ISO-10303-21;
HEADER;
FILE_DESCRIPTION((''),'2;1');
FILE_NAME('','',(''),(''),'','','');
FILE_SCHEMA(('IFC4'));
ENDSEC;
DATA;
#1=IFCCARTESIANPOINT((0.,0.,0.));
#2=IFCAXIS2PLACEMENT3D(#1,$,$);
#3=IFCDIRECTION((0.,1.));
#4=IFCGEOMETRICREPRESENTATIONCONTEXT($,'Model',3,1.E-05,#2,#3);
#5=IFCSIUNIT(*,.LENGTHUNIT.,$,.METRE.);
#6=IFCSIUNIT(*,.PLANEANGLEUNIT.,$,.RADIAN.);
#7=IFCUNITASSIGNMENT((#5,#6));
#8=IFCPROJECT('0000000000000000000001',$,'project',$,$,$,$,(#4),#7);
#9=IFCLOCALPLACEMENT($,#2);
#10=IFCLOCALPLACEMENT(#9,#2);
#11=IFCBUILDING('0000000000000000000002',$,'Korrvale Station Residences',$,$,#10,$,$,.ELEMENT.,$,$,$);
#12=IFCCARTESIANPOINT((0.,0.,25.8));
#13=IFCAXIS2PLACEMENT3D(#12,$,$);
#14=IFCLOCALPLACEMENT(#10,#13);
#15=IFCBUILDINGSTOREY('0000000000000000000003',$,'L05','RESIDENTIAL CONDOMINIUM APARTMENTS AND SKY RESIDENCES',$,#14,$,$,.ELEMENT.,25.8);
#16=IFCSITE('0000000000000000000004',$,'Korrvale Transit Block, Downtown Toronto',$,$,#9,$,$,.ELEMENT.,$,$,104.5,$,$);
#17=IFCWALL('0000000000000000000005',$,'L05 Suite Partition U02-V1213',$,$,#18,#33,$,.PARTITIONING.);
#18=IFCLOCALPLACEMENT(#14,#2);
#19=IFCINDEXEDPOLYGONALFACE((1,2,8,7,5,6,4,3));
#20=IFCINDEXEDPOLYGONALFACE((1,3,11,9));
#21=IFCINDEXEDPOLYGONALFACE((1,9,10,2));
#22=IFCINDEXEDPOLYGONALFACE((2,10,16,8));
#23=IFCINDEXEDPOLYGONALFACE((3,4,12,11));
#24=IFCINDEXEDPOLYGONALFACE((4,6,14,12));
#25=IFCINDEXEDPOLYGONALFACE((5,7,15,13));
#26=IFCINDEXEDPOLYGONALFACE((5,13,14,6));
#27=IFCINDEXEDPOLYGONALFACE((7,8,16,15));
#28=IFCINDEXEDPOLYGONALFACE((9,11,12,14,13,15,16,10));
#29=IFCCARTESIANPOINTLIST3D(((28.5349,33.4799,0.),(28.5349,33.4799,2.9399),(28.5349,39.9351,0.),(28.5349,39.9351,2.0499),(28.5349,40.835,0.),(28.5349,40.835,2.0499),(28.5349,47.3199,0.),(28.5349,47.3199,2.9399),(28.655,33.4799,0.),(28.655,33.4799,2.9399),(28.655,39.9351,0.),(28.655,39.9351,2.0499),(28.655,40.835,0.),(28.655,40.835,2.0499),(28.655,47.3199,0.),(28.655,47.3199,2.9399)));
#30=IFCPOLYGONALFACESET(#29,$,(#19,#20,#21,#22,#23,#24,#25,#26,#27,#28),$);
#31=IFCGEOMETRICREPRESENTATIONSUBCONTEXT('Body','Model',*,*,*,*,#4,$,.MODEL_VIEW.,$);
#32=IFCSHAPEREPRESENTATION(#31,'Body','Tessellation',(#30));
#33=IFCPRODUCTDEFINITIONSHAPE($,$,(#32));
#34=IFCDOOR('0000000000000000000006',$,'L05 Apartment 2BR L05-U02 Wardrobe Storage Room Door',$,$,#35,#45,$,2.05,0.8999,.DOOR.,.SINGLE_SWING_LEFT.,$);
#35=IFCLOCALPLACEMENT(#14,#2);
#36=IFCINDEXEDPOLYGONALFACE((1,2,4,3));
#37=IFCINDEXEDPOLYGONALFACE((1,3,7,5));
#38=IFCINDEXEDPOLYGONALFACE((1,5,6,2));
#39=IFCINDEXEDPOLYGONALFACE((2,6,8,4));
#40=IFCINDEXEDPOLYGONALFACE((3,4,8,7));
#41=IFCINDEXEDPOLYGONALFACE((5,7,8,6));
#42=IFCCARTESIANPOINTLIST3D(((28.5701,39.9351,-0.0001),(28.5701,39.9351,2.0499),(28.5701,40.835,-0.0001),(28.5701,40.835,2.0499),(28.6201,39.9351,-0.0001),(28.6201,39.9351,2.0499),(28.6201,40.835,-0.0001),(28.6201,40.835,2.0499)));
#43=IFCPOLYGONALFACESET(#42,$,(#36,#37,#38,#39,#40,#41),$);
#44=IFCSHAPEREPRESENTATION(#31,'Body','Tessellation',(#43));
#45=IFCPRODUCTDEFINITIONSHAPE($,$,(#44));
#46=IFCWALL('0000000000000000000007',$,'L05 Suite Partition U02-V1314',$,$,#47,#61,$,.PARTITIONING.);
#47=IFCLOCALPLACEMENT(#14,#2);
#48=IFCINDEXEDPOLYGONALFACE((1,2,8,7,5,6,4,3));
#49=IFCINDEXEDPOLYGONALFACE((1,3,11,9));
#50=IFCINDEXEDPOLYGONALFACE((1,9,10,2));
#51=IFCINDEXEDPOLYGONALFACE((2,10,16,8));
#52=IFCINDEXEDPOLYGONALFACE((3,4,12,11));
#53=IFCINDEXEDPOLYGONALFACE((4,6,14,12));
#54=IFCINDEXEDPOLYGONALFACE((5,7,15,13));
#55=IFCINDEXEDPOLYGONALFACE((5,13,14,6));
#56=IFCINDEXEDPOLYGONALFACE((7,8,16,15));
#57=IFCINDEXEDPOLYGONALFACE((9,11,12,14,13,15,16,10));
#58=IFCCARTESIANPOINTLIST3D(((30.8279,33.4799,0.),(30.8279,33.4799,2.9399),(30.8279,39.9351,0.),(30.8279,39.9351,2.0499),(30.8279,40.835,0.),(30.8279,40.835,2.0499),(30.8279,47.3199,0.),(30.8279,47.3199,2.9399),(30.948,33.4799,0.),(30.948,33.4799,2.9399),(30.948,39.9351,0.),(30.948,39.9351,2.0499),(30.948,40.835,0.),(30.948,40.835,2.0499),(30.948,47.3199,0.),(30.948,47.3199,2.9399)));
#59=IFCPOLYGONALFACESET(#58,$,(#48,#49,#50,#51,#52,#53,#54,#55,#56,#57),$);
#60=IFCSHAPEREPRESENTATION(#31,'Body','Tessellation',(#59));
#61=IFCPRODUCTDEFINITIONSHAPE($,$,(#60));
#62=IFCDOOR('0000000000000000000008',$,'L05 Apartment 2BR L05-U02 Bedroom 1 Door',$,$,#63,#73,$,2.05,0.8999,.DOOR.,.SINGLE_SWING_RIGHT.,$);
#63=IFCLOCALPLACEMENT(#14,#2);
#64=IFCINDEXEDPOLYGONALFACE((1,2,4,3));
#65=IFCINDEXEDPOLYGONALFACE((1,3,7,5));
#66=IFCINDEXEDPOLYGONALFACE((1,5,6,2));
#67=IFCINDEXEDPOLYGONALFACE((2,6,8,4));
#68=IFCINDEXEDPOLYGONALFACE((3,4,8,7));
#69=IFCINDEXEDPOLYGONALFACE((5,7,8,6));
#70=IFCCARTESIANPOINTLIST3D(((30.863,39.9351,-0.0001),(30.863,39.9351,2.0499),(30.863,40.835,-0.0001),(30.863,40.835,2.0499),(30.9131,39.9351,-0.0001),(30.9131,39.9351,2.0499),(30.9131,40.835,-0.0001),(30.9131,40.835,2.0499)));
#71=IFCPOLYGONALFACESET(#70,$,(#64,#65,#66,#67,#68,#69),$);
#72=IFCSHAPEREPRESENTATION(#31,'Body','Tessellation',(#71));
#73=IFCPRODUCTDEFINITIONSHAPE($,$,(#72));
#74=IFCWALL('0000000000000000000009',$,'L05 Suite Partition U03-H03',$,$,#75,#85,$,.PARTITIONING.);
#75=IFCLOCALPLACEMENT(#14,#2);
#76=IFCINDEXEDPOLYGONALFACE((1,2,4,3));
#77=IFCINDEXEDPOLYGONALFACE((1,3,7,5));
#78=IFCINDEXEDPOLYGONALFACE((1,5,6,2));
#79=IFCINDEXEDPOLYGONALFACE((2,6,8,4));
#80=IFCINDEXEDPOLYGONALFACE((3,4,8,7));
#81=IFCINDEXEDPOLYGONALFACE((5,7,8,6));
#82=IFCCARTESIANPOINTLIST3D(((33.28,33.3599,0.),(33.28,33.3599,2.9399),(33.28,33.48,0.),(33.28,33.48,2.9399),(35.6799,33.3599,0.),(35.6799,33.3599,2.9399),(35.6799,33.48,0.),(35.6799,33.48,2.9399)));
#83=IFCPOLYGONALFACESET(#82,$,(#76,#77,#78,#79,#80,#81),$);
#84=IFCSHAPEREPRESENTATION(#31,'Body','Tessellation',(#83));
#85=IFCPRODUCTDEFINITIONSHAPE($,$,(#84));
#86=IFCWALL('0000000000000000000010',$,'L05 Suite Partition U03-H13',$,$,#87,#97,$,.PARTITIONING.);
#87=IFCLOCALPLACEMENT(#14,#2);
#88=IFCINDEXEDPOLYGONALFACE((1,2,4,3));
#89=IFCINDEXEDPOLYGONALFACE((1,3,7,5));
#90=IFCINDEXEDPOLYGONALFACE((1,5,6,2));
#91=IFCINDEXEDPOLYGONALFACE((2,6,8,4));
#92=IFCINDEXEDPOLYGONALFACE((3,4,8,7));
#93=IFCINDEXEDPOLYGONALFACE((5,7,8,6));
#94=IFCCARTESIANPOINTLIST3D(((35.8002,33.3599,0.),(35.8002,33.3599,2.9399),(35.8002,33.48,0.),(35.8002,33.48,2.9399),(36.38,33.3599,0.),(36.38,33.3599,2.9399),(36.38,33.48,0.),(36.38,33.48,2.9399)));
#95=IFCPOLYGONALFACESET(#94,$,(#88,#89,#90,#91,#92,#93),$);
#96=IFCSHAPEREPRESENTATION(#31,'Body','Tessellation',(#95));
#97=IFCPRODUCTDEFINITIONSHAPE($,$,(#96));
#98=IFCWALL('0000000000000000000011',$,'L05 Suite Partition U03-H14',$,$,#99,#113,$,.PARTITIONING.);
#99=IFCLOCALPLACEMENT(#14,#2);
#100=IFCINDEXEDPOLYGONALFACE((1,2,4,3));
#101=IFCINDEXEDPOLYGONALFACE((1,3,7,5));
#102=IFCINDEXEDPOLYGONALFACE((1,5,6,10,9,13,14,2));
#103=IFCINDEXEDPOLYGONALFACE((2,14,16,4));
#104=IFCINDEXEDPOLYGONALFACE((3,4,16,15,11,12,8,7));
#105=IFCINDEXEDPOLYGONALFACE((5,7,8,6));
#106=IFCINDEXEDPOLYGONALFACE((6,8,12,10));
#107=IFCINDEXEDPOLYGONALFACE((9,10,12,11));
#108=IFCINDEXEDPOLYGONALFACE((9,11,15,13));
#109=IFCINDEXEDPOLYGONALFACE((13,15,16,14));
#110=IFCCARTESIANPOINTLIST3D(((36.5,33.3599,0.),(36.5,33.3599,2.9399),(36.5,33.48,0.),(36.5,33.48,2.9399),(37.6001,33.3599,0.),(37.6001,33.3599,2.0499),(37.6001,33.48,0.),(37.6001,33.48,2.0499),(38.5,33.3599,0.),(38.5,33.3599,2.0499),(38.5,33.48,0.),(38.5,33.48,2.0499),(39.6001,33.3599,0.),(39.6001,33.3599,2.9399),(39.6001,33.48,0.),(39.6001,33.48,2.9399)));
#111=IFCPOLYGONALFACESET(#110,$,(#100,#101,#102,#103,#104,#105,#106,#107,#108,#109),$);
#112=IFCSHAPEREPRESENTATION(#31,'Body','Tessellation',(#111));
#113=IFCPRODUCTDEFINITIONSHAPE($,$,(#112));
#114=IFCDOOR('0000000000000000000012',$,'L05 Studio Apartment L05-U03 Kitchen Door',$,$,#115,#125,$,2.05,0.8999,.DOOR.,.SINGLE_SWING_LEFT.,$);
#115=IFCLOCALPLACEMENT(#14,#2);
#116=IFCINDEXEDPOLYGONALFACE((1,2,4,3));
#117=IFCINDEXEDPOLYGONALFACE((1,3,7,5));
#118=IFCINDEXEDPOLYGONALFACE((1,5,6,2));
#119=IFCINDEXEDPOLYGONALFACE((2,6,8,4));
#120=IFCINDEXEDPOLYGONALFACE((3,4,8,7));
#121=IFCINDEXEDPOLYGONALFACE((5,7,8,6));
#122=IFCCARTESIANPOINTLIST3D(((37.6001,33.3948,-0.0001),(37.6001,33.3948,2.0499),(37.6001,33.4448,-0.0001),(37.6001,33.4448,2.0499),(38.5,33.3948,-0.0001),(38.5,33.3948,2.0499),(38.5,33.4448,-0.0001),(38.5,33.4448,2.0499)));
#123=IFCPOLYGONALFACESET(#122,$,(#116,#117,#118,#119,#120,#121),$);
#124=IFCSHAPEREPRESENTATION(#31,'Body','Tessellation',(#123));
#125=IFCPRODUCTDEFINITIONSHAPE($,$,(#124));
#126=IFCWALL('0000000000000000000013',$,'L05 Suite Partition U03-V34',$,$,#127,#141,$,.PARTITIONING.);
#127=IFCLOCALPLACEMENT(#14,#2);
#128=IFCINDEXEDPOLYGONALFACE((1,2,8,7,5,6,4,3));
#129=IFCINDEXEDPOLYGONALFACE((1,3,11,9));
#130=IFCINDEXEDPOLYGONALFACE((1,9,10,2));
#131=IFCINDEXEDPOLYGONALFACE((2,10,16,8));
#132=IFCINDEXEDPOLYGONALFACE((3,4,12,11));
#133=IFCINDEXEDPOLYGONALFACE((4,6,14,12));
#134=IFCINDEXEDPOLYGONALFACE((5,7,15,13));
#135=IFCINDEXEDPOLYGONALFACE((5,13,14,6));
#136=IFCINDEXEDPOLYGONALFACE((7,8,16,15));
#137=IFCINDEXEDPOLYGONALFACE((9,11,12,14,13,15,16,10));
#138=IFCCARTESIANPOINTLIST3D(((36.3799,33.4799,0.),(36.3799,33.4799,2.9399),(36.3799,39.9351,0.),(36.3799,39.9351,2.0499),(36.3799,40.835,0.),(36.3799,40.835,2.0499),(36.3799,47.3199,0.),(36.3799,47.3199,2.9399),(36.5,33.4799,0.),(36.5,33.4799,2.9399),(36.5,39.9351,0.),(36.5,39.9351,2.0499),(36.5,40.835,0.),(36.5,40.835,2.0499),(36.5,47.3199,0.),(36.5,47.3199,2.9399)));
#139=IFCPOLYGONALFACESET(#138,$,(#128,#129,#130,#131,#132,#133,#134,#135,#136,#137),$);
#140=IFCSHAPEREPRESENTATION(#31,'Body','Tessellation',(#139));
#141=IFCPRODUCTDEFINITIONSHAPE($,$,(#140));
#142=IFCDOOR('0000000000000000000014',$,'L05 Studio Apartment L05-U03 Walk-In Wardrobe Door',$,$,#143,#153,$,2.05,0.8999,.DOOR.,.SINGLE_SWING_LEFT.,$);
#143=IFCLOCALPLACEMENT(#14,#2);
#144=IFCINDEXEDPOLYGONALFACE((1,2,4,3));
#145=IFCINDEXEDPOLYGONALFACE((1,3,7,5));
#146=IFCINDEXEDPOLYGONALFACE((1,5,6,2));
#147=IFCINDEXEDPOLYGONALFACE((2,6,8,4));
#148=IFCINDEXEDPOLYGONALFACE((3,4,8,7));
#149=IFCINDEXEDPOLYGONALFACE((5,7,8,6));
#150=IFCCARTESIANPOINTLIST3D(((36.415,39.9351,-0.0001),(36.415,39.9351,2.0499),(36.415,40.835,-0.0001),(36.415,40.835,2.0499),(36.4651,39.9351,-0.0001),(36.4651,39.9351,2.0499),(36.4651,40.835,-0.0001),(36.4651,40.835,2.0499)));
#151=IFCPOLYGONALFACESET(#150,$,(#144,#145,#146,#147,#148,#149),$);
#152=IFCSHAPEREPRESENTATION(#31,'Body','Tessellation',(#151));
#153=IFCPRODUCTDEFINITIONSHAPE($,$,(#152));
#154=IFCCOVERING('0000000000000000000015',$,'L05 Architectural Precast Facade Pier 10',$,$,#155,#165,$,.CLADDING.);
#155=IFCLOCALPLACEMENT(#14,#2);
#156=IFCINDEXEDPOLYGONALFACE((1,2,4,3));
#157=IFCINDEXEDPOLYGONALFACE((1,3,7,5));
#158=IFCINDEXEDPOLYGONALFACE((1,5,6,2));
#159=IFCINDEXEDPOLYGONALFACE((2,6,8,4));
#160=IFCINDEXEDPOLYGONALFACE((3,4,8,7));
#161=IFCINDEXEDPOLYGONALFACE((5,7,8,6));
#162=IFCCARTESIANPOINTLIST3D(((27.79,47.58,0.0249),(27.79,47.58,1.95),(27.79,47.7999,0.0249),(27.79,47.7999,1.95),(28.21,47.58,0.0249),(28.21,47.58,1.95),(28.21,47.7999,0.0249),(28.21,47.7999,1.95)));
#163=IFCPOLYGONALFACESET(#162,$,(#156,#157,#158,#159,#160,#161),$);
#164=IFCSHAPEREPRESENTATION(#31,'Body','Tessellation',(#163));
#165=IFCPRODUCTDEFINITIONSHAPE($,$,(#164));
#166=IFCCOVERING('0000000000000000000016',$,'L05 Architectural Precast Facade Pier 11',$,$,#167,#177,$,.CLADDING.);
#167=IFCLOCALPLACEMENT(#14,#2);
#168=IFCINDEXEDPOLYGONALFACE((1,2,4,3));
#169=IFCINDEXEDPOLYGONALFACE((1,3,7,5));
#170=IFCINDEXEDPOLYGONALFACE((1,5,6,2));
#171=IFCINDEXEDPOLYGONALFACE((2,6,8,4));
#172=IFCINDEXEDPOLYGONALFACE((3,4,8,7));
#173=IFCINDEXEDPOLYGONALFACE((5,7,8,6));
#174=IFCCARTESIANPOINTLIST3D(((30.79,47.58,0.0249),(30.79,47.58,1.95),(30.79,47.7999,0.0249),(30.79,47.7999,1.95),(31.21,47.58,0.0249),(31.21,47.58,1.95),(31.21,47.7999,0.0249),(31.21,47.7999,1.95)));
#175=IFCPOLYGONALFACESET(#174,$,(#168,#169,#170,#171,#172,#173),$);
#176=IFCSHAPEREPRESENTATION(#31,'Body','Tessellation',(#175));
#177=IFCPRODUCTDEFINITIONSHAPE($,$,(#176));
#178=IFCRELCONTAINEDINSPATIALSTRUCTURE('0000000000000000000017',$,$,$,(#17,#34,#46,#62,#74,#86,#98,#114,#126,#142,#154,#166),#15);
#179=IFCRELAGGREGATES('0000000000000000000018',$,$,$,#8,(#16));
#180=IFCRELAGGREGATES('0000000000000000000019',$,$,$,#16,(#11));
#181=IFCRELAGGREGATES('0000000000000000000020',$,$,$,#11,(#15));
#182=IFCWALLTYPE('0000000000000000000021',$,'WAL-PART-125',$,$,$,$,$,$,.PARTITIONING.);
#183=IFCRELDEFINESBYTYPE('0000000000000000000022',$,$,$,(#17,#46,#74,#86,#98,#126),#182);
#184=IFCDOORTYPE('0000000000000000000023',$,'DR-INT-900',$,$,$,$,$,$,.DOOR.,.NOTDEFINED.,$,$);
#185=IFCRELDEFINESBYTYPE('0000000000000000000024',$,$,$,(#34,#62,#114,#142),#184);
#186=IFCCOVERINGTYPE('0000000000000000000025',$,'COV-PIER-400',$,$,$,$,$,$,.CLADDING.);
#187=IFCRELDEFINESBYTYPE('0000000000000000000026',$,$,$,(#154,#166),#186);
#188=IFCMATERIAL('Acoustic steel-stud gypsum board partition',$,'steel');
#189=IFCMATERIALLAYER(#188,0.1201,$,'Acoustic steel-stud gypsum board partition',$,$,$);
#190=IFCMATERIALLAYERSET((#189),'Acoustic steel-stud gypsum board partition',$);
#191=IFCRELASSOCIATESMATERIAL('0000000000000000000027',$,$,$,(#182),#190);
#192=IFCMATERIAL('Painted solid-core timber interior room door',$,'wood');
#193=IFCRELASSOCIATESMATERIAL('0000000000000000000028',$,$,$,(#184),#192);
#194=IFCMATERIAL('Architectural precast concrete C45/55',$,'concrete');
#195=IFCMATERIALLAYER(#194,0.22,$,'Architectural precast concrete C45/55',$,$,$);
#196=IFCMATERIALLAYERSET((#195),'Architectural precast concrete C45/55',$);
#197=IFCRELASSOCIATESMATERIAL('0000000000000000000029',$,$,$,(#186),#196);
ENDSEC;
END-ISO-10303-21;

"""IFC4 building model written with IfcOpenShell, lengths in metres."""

from ifc_helpers import new_model, si_unit, direction, frame, frame_2d, origin, origin_2d, place, context, subcontext, project, spatial, rectangle, extrude, material, layer, layer_set, type_object, element, fill, save


model = new_model("IFC4")

# Units and contexts
model_context = context("Model", 3, precision=1e-05, world=origin(), true_north=direction((0.0, 1.0)))
body_context = subcontext(model_context, "Body", "Model", "MODEL_VIEW")
ifc_project = project(units=[si_unit("LENGTHUNIT", "METRE"), si_unit("PLANEANGLEUNIT", "RADIAN")], contexts=[model_context])

# Site, building, storey
site_placement = place(None, origin())
site = spatial("IfcSite", under=ifc_project, at=site_placement, Name="Korrvale Transit Block, Downtown Toronto", CompositionType="ELEMENT", RefElevation=104.5)
building_placement = place(site_placement, origin())
building = spatial("IfcBuilding", under=site, at=building_placement, Name="Korrvale Station Residences", CompositionType="ELEMENT")
storey_placement = place(building_placement, frame((0.0, 0.0, 25.8)))
storey = spatial("IfcBuildingStorey", under=building, at=storey_placement, Name="L05", Description="RESIDENTIAL CONDOMINIUM APARTMENTS AND SKY RESIDENCES", CompositionType="ELEMENT", Elevation=25.8)

# Shared definitions
ifc_material_1 = material(Name="Acoustic steel-stud gypsum board partition", Category="steel")
ifc_layer_1 = layer(ifc_material_1, 0.1201, Name="Acoustic steel-stud gypsum board partition")
ifc_layer_set_1 = layer_set([ifc_layer_1], Name="Acoustic steel-stud gypsum board partition")
wall_type_1 = type_object("IfcWallType", Name="WAL-PART-125", PredefinedType="PARTITIONING", material=ifc_layer_set_1)
ifc_material_2 = material(Name="Painted solid-core timber interior room door", Category="wood")
door_type = type_object("IfcDoorType", Name="DR-INT-900", OperationType="NOTDEFINED", PredefinedType="DOOR", material=ifc_material_2)

# Walls, openings, doors
wall_1_placement = place(storey_placement, frame((28.595, 33.48, 0.0), z_axis=(0.0, 0.0, 1.0), x_axis=(0.0, 1.0, 0.0)))
wall_1 = element("IfcWall", 1, at=wall_1_placement, inside=storey, type_object=wall_type_1, Name="L05 Suite Partition U02-V1213", PredefinedType="PARTITIONING", context=body_context, shape_type="SweptSolid", body=[
    extrude(rectangle(XDim=13.8401, YDim=0.1201, at=frame_2d((6.9199, 0.0))), origin(), (0.0, 0.0, 1.0), 2.9399),
])
opening_1_placement = place(wall_1_placement, frame((6.4551, 0.0, 0.0)))
opening_1 = element("IfcOpeningElement", 2, at=opening_1_placement, cuts=wall_1, PredefinedType="OPENING", context=body_context, shape_type="SweptSolid", body=[
    extrude(rectangle(XDim=0.8999, YDim=2.05, at=frame_2d((0.45, 1.0249))), frame((0.0, 0.0701, 0.0), z_axis=(0.0, -1.0, 0.0), x_axis=(1.0, 0.0, 0.0)), (0.0, 0.0, 1.0), 0.1401),
])
door_1_placement = place(opening_1_placement, origin())
door_1 = element("IfcDoor", 3, at=door_1_placement, inside=storey, type_object=door_type, Name="L05 Apartment 2BR L05-U02 Wardrobe Storage Room Door", OperationType="SINGLE_SWING_LEFT", OverallHeight=2.05, OverallWidth=0.8999, PredefinedType="DOOR", context=body_context, shape_type="SweptSolid", body=[
    extrude(rectangle(XDim=0.8999, YDim=2.05, at=frame_2d((0.45, 1.0249))), frame((0.0, 0.0249, 0.0), z_axis=(0.0, -1.0, 0.0), x_axis=(1.0, 0.0, 0.0)), (0.0, 0.0, 1.0), 0.05),
])
fill(opening_1, door_1)
wall_2_placement = place(storey_placement, frame((30.8879, 33.48, 0.0), z_axis=(0.0, 0.0, 1.0), x_axis=(0.0, 1.0, 0.0)))
wall_2 = element("IfcWall", 4, at=wall_2_placement, inside=storey, type_object=wall_type_1, Name="L05 Suite Partition U02-V1314", PredefinedType="PARTITIONING", context=body_context, shape_type="SweptSolid", body=[
    extrude(rectangle(XDim=13.8401, YDim=0.1201, at=frame_2d((6.9199, 0.0))), origin(), (0.0, 0.0, 1.0), 2.9399),
])
opening_2_placement = place(wall_2_placement, frame((6.4551, 0.0, 0.0)))
opening_2 = element("IfcOpeningElement", 5, at=opening_2_placement, cuts=wall_2, PredefinedType="OPENING", context=body_context, shape_type="SweptSolid", body=[
    extrude(rectangle(XDim=0.8999, YDim=2.05, at=frame_2d((0.45, 1.0249))), frame((0.0, 0.0701, 0.0), z_axis=(0.0, -1.0, 0.0), x_axis=(1.0, 0.0, 0.0)), (0.0, 0.0, 1.0), 0.1401),
])
door_2_placement = place(opening_2_placement, origin())
door_2 = element("IfcDoor", 6, at=door_2_placement, inside=storey, type_object=door_type, Name="L05 Apartment 2BR L05-U02 Bedroom 1 Door", OperationType="SINGLE_SWING_RIGHT", OverallHeight=2.05, OverallWidth=0.8999, PredefinedType="DOOR", context=body_context, shape_type="SweptSolid", body=[
    extrude(rectangle(XDim=0.8999, YDim=2.05, at=frame_2d((0.45, 1.0249))), frame((0.0, 0.0249, 0.0), z_axis=(0.0, -1.0, 0.0), x_axis=(1.0, 0.0, 0.0)), (0.0, 0.0, 1.0), 0.05),
])
fill(opening_2, door_2)

# Walls
wall_3_placement = place(storey_placement, frame((33.28, 33.4199, 0.0), z_axis=(0.0, 0.0, 1.0), x_axis=(1.0, 0.0, 0.0)))
element("IfcWall", 7, at=wall_3_placement, inside=storey, type_object=wall_type_1, Name="L05 Suite Partition U03-H03", PredefinedType="PARTITIONING", context=body_context, shape_type="SweptSolid", body=[
    extrude(rectangle(XDim=2.3999, YDim=0.1201, at=frame_2d((1.2, 0.0))), origin(), (0.0, 0.0, 1.0), 2.9399),
])
wall_4_placement = place(storey_placement, frame((35.8, 33.4199, 0.0), z_axis=(0.0, 0.0, 1.0), x_axis=(1.0, 0.0, 0.0)))
element("IfcWall", 8, at=wall_4_placement, inside=storey, type_object=wall_type_1, Name="L05 Suite Partition U03-H13", PredefinedType="PARTITIONING", context=body_context, shape_type="SweptSolid", body=[
    extrude(rectangle(XDim=0.5798, YDim=0.1201, at=frame_2d((0.29, 0.0))), origin(), (0.0, 0.0, 1.0), 2.9399),
])

# Walls, openings, doors
wall_5_placement = place(storey_placement, frame((36.5, 33.4199, 0.0), z_axis=(0.0, 0.0, 1.0), x_axis=(1.0, 0.0, 0.0)))
wall_5 = element("IfcWall", 9, at=wall_5_placement, inside=storey, type_object=wall_type_1, Name="L05 Suite Partition U03-H14", PredefinedType="PARTITIONING", context=body_context, shape_type="SweptSolid", body=[
    extrude(rectangle(XDim=3.1001, YDim=0.1201, at=frame_2d((1.55, 0.0))), origin(), (0.0, 0.0, 1.0), 2.9399),
])
opening_3_placement = place(wall_5_placement, frame((1.1001, 0.0, 0.0)))
opening_3 = element("IfcOpeningElement", 10, at=opening_3_placement, cuts=wall_5, PredefinedType="OPENING", context=body_context, shape_type="SweptSolid", body=[
    extrude(rectangle(XDim=0.8999, YDim=2.05, at=frame_2d((0.45, 1.0249))), frame((0.0, 0.0701, 0.0), z_axis=(0.0, -1.0, 0.0), x_axis=(1.0, 0.0, 0.0)), (0.0, 0.0, 1.0), 0.1401),
])
door_3_placement = place(opening_3_placement, origin())
door_3 = element("IfcDoor", 11, at=door_3_placement, inside=storey, type_object=door_type, Name="L05 Studio Apartment L05-U03 Kitchen Door", OperationType="SINGLE_SWING_LEFT", OverallHeight=2.05, OverallWidth=0.8999, PredefinedType="DOOR", context=body_context, shape_type="SweptSolid", body=[
    extrude(rectangle(XDim=0.8999, YDim=2.05, at=frame_2d((0.45, 1.0249))), frame((0.0, 0.0249, 0.0), z_axis=(0.0, -1.0, 0.0), x_axis=(1.0, 0.0, 0.0)), (0.0, 0.0, 1.0), 0.05),
])
fill(opening_3, door_3)
wall_6_placement = place(storey_placement, frame((36.4399, 33.48, 0.0), z_axis=(0.0, 0.0, 1.0), x_axis=(0.0, 1.0, 0.0)))
wall_6 = element("IfcWall", 12, at=wall_6_placement, inside=storey, type_object=wall_type_1, Name="L05 Suite Partition U03-V34", PredefinedType="PARTITIONING", context=body_context, shape_type="SweptSolid", body=[
    extrude(rectangle(XDim=13.8401, YDim=0.1201, at=frame_2d((6.9199, 0.0))), origin(), (0.0, 0.0, 1.0), 2.9399),
])
opening_4_placement = place(wall_6_placement, frame((6.4551, 0.0, 0.0)))
opening_4 = element("IfcOpeningElement", 13, at=opening_4_placement, cuts=wall_6, PredefinedType="OPENING", context=body_context, shape_type="SweptSolid", body=[
    extrude(rectangle(XDim=0.8999, YDim=2.05, at=frame_2d((0.45, 1.0249))), frame((0.0, 0.0701, 0.0), z_axis=(0.0, -1.0, 0.0), x_axis=(1.0, 0.0, 0.0)), (0.0, 0.0, 1.0), 0.1401),
])
door_4_placement = place(opening_4_placement, origin())
door_4 = element("IfcDoor", 14, at=door_4_placement, inside=storey, type_object=door_type, Name="L05 Studio Apartment L05-U03 Walk-In Wardrobe Door", OperationType="SINGLE_SWING_LEFT", OverallHeight=2.05, OverallWidth=0.8999, PredefinedType="DOOR", context=body_context, shape_type="SweptSolid", body=[
    extrude(rectangle(XDim=0.8999, YDim=2.05, at=frame_2d((0.45, 1.0249))), frame((0.0, 0.0249, 0.0), z_axis=(0.0, -1.0, 0.0), x_axis=(1.0, 0.0, 0.0)), (0.0, 0.0, 1.0), 0.05),
])
fill(opening_4, door_4)

# Coverings
ifc_material_3 = material(Name="Architectural precast concrete C45/55", Category="concrete")
ifc_layer_2 = layer(ifc_material_3, 0.22, Name="Architectural precast concrete C45/55")
ifc_layer_set_2 = layer_set([ifc_layer_2], Name="Architectural precast concrete C45/55")
covering_type = type_object("IfcCoveringType", Name="COV-PIER-400", PredefinedType="CLADDING", material=ifc_layer_set_2)
for number, where, z_axis, x_axis, name in (
    (15, (28.0, 47.6899, 0.0249), (0.0, 0.0, 1.0), (1.0, 0.0, 0.0), "L05 Architectural Precast Facade Pier 10"),
    (16, (31.0, 47.6899, 0.0249), (0.0, 0.0, 1.0), (1.0, 0.0, 0.0), "L05 Architectural Precast Facade Pier 11"),
):
    element("IfcCovering", number, at=place(storey_placement, frame(where, z_axis=z_axis, x_axis=x_axis)), inside=storey, type_object=covering_type, Name=name, PredefinedType="CLADDING", context=body_context, shape_type="SweptSolid", body=[
        extrude(rectangle(XDim=0.4199, YDim=0.22, at=origin_2d()), origin(), (0.0, 0.0, 1.0), 1.925),
    ])

save(model, "model.ifc")
